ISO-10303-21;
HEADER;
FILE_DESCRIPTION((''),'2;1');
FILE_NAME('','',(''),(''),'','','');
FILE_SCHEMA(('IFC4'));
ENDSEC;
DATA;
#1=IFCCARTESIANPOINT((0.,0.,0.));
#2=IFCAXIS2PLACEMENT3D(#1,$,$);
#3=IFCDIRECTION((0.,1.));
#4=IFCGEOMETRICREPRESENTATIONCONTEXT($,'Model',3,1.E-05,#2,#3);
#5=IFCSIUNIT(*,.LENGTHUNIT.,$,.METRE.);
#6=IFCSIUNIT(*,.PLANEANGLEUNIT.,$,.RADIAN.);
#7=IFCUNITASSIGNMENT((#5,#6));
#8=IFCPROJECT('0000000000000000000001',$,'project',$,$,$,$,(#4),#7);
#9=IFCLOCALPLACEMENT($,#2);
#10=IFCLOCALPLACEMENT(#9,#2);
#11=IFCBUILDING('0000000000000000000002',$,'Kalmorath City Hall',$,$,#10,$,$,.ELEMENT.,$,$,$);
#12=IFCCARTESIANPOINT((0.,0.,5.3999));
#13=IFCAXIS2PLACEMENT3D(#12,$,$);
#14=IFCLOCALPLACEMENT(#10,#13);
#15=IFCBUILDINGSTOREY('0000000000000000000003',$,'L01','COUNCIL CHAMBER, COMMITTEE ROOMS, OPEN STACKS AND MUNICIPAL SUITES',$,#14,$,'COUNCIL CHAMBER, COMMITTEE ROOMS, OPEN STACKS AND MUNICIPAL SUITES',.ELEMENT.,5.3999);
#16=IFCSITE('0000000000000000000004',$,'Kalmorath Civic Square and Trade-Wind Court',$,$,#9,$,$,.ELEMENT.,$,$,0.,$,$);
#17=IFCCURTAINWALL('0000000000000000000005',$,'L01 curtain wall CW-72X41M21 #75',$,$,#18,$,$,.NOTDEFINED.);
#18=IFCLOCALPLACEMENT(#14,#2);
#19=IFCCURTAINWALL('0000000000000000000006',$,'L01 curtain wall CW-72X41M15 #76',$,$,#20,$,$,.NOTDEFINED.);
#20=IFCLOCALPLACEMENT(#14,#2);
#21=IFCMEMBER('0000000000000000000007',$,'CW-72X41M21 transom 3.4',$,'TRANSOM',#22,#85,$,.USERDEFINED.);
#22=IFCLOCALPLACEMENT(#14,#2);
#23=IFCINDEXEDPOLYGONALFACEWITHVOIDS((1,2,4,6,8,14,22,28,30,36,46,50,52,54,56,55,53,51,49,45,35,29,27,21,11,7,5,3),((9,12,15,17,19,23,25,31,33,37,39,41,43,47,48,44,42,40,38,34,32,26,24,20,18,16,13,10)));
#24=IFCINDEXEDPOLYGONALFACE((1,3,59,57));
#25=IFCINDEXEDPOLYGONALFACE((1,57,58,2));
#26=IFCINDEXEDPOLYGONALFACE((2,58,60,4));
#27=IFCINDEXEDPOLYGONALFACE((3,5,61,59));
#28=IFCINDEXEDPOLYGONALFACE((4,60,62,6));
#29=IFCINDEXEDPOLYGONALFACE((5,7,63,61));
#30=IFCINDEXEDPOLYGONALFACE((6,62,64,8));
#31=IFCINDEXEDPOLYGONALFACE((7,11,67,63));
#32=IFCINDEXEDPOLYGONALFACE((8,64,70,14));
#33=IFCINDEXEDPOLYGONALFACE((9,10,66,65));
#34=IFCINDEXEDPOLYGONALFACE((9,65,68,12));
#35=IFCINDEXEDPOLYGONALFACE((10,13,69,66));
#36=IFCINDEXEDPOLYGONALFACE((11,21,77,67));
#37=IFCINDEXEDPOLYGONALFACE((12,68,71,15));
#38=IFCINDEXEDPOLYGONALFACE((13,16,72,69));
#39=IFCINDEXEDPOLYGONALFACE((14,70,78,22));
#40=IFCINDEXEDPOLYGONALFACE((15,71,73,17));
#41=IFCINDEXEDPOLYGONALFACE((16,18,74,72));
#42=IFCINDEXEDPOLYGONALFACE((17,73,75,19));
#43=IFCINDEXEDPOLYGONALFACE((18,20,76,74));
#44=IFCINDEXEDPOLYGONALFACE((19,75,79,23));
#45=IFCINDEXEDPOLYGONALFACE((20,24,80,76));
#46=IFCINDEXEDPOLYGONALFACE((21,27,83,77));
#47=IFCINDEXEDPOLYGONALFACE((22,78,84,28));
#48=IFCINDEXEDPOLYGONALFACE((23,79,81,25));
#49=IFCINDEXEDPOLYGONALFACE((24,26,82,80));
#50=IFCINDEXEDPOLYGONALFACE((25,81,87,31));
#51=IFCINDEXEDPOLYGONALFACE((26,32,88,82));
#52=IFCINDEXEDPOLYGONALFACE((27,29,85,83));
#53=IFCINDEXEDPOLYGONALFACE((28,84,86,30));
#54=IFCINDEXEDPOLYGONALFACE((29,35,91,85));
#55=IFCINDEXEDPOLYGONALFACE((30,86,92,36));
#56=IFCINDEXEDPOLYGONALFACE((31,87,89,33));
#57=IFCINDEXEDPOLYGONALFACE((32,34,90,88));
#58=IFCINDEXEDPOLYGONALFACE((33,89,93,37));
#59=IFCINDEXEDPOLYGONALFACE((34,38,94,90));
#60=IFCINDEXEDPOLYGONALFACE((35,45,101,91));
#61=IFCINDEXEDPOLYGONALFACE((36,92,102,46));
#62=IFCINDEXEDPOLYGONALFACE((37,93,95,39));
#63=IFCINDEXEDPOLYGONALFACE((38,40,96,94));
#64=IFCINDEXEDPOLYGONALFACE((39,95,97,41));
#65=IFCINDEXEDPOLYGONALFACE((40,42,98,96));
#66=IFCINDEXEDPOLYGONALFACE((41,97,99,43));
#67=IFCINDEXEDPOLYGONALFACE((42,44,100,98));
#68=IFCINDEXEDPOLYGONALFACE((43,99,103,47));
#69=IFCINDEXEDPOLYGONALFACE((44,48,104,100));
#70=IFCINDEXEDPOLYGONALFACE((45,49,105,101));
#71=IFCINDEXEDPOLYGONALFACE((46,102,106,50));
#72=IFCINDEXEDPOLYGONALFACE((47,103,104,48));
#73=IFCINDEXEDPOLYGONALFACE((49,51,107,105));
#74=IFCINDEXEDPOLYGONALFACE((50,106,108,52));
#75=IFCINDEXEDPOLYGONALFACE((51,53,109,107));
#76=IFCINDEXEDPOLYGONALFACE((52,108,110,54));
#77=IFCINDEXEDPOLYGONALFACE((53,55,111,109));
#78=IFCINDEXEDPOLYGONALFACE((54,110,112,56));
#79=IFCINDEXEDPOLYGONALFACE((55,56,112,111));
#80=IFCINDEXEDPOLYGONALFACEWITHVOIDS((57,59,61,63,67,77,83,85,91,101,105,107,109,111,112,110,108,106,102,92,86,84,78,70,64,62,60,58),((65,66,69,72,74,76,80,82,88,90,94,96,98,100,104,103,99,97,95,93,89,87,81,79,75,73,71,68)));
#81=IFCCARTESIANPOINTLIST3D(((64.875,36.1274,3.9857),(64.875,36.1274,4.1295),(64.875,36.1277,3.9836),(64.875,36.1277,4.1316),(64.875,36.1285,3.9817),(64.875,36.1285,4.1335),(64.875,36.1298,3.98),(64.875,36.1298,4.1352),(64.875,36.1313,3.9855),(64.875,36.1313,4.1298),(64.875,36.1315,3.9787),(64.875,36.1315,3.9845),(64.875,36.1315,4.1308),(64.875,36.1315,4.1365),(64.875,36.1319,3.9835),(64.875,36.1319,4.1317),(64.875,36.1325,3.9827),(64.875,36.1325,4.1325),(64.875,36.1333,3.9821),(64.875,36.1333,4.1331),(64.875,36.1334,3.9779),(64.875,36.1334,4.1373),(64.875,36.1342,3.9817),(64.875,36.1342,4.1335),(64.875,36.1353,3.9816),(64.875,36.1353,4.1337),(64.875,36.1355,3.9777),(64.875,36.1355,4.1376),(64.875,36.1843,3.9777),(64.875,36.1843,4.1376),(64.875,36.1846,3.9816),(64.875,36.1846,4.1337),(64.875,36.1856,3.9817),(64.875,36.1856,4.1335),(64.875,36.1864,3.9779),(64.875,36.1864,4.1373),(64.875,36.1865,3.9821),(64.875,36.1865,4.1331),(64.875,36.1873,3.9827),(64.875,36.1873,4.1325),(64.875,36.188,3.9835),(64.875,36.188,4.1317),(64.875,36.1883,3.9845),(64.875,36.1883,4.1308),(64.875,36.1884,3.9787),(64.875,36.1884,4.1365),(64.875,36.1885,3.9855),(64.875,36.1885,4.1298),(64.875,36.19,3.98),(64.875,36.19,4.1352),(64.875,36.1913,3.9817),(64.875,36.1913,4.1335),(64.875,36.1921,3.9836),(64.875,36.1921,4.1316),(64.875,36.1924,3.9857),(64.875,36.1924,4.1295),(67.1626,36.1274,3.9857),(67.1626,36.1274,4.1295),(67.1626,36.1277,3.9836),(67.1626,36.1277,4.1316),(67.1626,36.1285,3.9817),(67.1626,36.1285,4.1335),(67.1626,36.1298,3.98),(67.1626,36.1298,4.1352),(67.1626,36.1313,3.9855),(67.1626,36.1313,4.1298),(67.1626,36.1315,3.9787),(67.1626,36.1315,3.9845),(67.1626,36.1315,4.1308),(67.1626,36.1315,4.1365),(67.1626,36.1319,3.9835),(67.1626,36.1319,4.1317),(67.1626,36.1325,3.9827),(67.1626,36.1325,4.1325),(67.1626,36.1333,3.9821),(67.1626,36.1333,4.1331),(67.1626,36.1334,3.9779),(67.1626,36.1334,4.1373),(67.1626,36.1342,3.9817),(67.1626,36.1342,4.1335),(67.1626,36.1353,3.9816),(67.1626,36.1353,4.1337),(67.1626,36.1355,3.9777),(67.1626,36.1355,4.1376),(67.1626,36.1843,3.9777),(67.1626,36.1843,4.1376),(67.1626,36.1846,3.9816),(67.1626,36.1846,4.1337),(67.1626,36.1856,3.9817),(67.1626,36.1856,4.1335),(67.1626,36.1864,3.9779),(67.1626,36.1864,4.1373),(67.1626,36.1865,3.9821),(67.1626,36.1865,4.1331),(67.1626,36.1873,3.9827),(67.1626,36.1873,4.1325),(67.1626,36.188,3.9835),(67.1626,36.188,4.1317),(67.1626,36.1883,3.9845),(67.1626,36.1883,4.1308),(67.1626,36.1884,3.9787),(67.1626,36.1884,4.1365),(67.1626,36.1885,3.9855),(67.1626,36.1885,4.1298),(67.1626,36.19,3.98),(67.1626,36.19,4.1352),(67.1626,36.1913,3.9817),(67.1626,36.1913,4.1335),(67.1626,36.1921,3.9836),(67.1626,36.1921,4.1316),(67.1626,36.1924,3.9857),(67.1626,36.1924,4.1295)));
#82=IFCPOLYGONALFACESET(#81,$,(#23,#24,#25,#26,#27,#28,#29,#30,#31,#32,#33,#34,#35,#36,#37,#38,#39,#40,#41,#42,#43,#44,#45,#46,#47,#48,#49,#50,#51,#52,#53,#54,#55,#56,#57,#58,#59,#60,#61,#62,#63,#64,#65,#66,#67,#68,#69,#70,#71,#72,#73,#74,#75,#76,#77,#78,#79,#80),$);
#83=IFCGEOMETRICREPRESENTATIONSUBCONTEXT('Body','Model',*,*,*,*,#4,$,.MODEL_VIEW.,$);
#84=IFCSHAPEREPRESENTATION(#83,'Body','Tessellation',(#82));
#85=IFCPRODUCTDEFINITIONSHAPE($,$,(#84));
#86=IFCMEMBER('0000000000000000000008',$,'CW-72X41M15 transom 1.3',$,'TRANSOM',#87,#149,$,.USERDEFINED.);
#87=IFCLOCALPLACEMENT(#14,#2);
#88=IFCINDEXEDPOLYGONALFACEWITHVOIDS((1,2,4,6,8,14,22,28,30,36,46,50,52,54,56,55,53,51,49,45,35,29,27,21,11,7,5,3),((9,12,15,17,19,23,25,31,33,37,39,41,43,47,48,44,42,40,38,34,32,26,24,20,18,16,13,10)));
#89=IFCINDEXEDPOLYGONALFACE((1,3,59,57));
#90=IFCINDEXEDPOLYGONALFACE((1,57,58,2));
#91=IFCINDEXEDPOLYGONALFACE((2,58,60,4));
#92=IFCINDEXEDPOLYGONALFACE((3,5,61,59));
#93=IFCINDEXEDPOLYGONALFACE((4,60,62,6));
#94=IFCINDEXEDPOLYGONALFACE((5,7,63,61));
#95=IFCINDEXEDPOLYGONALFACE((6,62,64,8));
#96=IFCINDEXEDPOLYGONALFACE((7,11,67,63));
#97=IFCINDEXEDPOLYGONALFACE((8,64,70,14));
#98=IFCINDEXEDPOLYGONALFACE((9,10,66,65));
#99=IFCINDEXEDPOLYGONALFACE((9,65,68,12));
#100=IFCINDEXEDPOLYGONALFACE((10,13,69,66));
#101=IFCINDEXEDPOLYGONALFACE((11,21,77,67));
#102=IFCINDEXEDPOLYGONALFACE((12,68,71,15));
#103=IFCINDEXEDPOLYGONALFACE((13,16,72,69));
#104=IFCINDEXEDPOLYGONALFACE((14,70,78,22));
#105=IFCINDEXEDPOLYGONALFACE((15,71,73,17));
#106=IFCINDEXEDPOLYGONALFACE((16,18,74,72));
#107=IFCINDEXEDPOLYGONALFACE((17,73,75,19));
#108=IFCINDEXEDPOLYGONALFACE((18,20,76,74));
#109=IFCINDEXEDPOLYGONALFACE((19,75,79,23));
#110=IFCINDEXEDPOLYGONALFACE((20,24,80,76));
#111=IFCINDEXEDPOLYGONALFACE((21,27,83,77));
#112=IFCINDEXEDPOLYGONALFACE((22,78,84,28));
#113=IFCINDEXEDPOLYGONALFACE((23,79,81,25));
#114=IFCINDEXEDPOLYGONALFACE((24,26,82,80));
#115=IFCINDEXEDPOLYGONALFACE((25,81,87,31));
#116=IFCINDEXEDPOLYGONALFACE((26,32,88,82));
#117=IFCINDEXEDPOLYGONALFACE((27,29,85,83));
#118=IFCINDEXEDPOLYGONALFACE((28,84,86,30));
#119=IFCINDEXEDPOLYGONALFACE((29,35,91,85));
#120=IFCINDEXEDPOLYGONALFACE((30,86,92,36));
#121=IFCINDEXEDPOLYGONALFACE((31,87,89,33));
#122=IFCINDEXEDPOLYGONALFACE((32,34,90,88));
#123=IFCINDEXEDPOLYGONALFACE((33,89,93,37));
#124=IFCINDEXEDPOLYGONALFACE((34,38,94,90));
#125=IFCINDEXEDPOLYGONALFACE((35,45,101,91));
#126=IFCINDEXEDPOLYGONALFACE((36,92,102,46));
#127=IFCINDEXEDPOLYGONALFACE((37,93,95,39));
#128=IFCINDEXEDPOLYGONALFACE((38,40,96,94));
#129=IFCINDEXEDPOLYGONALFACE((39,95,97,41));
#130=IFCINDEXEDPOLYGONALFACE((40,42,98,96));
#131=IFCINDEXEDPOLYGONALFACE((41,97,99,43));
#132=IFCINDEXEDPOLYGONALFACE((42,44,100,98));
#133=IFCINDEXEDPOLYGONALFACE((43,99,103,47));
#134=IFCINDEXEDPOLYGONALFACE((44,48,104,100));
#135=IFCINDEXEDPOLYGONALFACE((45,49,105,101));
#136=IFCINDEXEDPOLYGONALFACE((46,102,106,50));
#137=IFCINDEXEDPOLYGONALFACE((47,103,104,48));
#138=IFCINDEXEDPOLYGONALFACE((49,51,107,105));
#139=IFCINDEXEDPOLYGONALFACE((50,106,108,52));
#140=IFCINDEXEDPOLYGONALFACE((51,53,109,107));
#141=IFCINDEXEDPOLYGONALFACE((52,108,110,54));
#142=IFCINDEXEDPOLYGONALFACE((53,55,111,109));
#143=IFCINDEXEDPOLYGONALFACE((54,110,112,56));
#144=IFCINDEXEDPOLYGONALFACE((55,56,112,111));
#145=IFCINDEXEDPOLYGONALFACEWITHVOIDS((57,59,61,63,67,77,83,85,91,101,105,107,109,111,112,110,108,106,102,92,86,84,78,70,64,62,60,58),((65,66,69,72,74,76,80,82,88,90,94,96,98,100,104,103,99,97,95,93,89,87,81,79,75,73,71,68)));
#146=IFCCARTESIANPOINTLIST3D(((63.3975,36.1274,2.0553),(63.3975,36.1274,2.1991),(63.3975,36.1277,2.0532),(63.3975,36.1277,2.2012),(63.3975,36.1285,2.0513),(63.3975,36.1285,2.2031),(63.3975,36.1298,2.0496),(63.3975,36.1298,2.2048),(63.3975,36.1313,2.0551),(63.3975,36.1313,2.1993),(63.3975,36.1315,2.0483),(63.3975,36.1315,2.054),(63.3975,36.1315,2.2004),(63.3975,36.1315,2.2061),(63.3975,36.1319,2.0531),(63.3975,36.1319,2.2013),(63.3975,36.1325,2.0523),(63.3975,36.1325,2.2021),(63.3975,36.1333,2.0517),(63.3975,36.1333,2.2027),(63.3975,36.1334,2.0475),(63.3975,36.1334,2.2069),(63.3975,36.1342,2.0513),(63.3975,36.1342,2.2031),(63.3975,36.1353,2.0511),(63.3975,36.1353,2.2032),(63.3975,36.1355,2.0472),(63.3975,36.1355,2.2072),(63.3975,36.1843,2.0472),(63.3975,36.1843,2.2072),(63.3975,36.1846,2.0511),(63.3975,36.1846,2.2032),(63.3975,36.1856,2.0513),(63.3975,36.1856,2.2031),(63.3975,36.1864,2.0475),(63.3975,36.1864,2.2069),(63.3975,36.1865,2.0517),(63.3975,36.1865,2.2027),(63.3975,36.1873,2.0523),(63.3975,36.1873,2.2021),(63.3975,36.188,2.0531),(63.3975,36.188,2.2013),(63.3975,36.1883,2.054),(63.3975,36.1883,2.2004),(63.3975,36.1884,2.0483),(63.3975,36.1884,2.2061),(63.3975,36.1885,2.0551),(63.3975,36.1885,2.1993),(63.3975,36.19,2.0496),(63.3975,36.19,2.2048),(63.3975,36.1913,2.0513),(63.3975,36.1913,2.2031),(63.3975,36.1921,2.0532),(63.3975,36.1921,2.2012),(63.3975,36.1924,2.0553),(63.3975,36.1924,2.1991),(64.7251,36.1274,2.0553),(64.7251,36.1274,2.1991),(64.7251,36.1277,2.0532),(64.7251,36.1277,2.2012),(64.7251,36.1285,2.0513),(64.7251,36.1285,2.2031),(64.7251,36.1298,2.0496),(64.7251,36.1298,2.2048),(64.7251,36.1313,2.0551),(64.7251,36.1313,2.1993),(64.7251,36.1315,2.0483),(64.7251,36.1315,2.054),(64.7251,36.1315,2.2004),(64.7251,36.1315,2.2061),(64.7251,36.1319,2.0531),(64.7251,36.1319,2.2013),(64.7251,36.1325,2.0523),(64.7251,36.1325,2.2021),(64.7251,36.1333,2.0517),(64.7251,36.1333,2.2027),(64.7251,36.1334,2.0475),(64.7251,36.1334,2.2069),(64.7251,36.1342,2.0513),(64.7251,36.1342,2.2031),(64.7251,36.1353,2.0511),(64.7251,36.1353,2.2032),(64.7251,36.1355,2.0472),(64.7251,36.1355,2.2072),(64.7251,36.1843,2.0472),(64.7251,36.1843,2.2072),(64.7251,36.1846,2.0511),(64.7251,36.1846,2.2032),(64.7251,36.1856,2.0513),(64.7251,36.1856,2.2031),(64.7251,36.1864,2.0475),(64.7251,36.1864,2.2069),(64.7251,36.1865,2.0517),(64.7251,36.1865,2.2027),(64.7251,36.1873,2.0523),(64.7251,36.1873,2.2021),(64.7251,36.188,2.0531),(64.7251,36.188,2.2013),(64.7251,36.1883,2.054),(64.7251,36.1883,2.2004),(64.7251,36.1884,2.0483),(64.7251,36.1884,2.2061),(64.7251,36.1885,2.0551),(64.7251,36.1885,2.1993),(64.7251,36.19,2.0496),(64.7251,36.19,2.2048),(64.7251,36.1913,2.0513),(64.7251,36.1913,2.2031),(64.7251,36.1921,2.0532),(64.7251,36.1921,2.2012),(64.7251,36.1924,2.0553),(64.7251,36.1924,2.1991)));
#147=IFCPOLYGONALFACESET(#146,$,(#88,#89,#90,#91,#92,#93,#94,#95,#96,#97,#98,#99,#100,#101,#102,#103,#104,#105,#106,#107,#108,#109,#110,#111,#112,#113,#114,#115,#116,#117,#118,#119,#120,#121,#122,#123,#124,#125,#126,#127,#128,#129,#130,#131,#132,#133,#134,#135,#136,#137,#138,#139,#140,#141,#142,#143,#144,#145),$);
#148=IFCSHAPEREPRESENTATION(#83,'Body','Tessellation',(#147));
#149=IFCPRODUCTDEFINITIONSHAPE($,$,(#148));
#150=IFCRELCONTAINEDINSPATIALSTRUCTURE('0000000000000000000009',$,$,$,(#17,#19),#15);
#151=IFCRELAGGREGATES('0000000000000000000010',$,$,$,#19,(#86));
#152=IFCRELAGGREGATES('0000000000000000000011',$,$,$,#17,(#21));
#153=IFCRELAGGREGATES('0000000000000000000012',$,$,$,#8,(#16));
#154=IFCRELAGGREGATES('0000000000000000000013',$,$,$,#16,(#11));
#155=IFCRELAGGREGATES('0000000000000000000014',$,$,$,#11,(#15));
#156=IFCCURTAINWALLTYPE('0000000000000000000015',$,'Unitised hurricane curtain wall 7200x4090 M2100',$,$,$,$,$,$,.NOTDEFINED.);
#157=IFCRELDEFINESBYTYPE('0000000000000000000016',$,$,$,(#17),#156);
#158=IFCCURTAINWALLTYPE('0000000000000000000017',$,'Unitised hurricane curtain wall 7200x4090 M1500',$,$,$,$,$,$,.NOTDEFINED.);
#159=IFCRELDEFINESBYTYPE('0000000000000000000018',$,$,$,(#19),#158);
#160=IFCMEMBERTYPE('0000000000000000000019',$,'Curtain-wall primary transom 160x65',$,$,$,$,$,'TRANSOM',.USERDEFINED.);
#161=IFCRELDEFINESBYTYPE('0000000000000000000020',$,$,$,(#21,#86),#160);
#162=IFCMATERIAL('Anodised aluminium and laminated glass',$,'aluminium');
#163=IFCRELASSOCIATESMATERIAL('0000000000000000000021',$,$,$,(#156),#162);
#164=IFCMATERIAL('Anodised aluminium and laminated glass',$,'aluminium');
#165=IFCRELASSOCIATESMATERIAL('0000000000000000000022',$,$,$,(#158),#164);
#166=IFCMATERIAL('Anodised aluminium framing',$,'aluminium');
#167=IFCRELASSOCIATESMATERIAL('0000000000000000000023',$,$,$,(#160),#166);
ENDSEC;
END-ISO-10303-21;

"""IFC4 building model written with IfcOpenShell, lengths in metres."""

from ifc_helpers import new_model, si_unit, direction, frame, origin, origin_2d, place, context, subcontext, project, spatial, hollow_rectangle, extrude, material, material_profile, profile_set, type_object, element, aggregate, save


model = new_model("IFC4")

# Units and contexts
model_context = context("Model", 3, precision=1e-05, world=origin(), true_north=direction((0.0, 1.0)))
body_context = subcontext(model_context, "Body", "Model", "MODEL_VIEW")
ifc_project = project(units=[si_unit("LENGTHUNIT", "METRE"), si_unit("PLANEANGLEUNIT", "RADIAN")], contexts=[model_context])

# Site, building, storey
site_placement = place(None, origin())
site = spatial("IfcSite", under=ifc_project, at=site_placement, Name="Kalmorath Civic Square and Trade-Wind Court", CompositionType="ELEMENT", RefElevation=0.0)
building_placement = place(site_placement, origin())
building = spatial("IfcBuilding", under=site, at=building_placement, Name="Kalmorath City Hall", CompositionType="ELEMENT")
storey_placement = place(building_placement, frame((0.0, 0.0, 5.3999)))
storey = spatial("IfcBuildingStorey", under=building, at=storey_placement, Name="L01", Description="COUNCIL CHAMBER, COMMITTEE ROOMS, OPEN STACKS AND MUNICIPAL SUITES", LongName="COUNCIL CHAMBER, COMMITTEE ROOMS, OPEN STACKS AND MUNICIPAL SUITES", CompositionType="ELEMENT", Elevation=5.3999)

# Curtain wall
ifc_material_1 = material(Name="Anodised aluminium and laminated glass", Category="aluminium")
curtain_wall_type_1 = type_object("IfcCurtainWallType", Name="Unitised hurricane curtain wall 7200x4090 M2100", PredefinedType="NOTDEFINED", material=ifc_material_1)
curtain_wall_1_placement = place(storey_placement, origin())
curtain_wall_1 = element("IfcCurtainWall", 1, at=curtain_wall_1_placement, inside=storey, type_object=curtain_wall_type_1, Name="L01 curtain wall CW-72X41M21 #75", PredefinedType="NOTDEFINED")

# Curtain wall
ifc_material_2 = material(Name="Anodised aluminium and laminated glass", Category="aluminium")
curtain_wall_type_2 = type_object("IfcCurtainWallType", Name="Unitised hurricane curtain wall 7200x4090 M1500", PredefinedType="NOTDEFINED", material=ifc_material_2)
curtain_wall_2_placement = place(storey_placement, origin())
curtain_wall_2 = element("IfcCurtainWall", 2, at=curtain_wall_2_placement, inside=storey, type_object=curtain_wall_type_2, Name="L01 curtain wall CW-72X41M15 #76", PredefinedType="NOTDEFINED")

# Members
ifc_material_3 = material(Name="Anodised aluminium framing", Category="aluminium")
ifc_material_profile_1 = material_profile(ifc_material_3, hollow_rectangle(XDim=0.0649, YDim=0.1599, WallThickness=0.0039, InnerFilletRadius=0.0039, OuterFilletRadius=0.0081, at=origin_2d()), Name="ALU-TRN-160X65X4")
ifc_profile_set_1 = profile_set([ifc_material_profile_1], Name="Anodised aluminium framing")
member_type_1 = type_object("IfcMemberType", Name="Curtain-wall primary transom 160x65", ElementType="TRANSOM", PredefinedType="USERDEFINED", material=ifc_profile_set_1)
member_1_placement = place(storey_placement, frame((67.1626, 36.1599, 4.0576), z_axis=(-1.0, 0.0, 0.0), x_axis=(0.0, -1.0, 0.0)))
member_1 = element("IfcMember", 3, at=member_1_placement, type_object=member_type_1, Name="CW-72X41M21 transom 3.4", ObjectType="TRANSOM", PredefinedType="USERDEFINED", context=body_context, shape_type="SweptSolid", body=[
    extrude(hollow_rectangle(XDim=0.0649, YDim=0.1599, WallThickness=0.0039, InnerFilletRadius=0.0039, OuterFilletRadius=0.0081, at=origin_2d()), origin(), (0.0, 0.0, 1.0), 2.2876),
])
member_2_placement = place(storey_placement, frame((64.7251, 36.1599, 2.1272), z_axis=(-1.0, 0.0, 0.0), x_axis=(0.0, -1.0, 0.0)))
member_2 = element("IfcMember", 4, at=member_2_placement, type_object=member_type_1, Name="CW-72X41M15 transom 1.3", ObjectType="TRANSOM", PredefinedType="USERDEFINED", context=body_context, shape_type="SweptSolid", body=[
    extrude(hollow_rectangle(XDim=0.0649, YDim=0.1599, WallThickness=0.0039, InnerFilletRadius=0.0039, OuterFilletRadius=0.0081, at=origin_2d()), origin(), (0.0, 0.0, 1.0), 1.3276),
])
aggregate(curtain_wall_2, [member_2])

aggregate(curtain_wall_1, [member_1])

save(model, "model.ifc")
